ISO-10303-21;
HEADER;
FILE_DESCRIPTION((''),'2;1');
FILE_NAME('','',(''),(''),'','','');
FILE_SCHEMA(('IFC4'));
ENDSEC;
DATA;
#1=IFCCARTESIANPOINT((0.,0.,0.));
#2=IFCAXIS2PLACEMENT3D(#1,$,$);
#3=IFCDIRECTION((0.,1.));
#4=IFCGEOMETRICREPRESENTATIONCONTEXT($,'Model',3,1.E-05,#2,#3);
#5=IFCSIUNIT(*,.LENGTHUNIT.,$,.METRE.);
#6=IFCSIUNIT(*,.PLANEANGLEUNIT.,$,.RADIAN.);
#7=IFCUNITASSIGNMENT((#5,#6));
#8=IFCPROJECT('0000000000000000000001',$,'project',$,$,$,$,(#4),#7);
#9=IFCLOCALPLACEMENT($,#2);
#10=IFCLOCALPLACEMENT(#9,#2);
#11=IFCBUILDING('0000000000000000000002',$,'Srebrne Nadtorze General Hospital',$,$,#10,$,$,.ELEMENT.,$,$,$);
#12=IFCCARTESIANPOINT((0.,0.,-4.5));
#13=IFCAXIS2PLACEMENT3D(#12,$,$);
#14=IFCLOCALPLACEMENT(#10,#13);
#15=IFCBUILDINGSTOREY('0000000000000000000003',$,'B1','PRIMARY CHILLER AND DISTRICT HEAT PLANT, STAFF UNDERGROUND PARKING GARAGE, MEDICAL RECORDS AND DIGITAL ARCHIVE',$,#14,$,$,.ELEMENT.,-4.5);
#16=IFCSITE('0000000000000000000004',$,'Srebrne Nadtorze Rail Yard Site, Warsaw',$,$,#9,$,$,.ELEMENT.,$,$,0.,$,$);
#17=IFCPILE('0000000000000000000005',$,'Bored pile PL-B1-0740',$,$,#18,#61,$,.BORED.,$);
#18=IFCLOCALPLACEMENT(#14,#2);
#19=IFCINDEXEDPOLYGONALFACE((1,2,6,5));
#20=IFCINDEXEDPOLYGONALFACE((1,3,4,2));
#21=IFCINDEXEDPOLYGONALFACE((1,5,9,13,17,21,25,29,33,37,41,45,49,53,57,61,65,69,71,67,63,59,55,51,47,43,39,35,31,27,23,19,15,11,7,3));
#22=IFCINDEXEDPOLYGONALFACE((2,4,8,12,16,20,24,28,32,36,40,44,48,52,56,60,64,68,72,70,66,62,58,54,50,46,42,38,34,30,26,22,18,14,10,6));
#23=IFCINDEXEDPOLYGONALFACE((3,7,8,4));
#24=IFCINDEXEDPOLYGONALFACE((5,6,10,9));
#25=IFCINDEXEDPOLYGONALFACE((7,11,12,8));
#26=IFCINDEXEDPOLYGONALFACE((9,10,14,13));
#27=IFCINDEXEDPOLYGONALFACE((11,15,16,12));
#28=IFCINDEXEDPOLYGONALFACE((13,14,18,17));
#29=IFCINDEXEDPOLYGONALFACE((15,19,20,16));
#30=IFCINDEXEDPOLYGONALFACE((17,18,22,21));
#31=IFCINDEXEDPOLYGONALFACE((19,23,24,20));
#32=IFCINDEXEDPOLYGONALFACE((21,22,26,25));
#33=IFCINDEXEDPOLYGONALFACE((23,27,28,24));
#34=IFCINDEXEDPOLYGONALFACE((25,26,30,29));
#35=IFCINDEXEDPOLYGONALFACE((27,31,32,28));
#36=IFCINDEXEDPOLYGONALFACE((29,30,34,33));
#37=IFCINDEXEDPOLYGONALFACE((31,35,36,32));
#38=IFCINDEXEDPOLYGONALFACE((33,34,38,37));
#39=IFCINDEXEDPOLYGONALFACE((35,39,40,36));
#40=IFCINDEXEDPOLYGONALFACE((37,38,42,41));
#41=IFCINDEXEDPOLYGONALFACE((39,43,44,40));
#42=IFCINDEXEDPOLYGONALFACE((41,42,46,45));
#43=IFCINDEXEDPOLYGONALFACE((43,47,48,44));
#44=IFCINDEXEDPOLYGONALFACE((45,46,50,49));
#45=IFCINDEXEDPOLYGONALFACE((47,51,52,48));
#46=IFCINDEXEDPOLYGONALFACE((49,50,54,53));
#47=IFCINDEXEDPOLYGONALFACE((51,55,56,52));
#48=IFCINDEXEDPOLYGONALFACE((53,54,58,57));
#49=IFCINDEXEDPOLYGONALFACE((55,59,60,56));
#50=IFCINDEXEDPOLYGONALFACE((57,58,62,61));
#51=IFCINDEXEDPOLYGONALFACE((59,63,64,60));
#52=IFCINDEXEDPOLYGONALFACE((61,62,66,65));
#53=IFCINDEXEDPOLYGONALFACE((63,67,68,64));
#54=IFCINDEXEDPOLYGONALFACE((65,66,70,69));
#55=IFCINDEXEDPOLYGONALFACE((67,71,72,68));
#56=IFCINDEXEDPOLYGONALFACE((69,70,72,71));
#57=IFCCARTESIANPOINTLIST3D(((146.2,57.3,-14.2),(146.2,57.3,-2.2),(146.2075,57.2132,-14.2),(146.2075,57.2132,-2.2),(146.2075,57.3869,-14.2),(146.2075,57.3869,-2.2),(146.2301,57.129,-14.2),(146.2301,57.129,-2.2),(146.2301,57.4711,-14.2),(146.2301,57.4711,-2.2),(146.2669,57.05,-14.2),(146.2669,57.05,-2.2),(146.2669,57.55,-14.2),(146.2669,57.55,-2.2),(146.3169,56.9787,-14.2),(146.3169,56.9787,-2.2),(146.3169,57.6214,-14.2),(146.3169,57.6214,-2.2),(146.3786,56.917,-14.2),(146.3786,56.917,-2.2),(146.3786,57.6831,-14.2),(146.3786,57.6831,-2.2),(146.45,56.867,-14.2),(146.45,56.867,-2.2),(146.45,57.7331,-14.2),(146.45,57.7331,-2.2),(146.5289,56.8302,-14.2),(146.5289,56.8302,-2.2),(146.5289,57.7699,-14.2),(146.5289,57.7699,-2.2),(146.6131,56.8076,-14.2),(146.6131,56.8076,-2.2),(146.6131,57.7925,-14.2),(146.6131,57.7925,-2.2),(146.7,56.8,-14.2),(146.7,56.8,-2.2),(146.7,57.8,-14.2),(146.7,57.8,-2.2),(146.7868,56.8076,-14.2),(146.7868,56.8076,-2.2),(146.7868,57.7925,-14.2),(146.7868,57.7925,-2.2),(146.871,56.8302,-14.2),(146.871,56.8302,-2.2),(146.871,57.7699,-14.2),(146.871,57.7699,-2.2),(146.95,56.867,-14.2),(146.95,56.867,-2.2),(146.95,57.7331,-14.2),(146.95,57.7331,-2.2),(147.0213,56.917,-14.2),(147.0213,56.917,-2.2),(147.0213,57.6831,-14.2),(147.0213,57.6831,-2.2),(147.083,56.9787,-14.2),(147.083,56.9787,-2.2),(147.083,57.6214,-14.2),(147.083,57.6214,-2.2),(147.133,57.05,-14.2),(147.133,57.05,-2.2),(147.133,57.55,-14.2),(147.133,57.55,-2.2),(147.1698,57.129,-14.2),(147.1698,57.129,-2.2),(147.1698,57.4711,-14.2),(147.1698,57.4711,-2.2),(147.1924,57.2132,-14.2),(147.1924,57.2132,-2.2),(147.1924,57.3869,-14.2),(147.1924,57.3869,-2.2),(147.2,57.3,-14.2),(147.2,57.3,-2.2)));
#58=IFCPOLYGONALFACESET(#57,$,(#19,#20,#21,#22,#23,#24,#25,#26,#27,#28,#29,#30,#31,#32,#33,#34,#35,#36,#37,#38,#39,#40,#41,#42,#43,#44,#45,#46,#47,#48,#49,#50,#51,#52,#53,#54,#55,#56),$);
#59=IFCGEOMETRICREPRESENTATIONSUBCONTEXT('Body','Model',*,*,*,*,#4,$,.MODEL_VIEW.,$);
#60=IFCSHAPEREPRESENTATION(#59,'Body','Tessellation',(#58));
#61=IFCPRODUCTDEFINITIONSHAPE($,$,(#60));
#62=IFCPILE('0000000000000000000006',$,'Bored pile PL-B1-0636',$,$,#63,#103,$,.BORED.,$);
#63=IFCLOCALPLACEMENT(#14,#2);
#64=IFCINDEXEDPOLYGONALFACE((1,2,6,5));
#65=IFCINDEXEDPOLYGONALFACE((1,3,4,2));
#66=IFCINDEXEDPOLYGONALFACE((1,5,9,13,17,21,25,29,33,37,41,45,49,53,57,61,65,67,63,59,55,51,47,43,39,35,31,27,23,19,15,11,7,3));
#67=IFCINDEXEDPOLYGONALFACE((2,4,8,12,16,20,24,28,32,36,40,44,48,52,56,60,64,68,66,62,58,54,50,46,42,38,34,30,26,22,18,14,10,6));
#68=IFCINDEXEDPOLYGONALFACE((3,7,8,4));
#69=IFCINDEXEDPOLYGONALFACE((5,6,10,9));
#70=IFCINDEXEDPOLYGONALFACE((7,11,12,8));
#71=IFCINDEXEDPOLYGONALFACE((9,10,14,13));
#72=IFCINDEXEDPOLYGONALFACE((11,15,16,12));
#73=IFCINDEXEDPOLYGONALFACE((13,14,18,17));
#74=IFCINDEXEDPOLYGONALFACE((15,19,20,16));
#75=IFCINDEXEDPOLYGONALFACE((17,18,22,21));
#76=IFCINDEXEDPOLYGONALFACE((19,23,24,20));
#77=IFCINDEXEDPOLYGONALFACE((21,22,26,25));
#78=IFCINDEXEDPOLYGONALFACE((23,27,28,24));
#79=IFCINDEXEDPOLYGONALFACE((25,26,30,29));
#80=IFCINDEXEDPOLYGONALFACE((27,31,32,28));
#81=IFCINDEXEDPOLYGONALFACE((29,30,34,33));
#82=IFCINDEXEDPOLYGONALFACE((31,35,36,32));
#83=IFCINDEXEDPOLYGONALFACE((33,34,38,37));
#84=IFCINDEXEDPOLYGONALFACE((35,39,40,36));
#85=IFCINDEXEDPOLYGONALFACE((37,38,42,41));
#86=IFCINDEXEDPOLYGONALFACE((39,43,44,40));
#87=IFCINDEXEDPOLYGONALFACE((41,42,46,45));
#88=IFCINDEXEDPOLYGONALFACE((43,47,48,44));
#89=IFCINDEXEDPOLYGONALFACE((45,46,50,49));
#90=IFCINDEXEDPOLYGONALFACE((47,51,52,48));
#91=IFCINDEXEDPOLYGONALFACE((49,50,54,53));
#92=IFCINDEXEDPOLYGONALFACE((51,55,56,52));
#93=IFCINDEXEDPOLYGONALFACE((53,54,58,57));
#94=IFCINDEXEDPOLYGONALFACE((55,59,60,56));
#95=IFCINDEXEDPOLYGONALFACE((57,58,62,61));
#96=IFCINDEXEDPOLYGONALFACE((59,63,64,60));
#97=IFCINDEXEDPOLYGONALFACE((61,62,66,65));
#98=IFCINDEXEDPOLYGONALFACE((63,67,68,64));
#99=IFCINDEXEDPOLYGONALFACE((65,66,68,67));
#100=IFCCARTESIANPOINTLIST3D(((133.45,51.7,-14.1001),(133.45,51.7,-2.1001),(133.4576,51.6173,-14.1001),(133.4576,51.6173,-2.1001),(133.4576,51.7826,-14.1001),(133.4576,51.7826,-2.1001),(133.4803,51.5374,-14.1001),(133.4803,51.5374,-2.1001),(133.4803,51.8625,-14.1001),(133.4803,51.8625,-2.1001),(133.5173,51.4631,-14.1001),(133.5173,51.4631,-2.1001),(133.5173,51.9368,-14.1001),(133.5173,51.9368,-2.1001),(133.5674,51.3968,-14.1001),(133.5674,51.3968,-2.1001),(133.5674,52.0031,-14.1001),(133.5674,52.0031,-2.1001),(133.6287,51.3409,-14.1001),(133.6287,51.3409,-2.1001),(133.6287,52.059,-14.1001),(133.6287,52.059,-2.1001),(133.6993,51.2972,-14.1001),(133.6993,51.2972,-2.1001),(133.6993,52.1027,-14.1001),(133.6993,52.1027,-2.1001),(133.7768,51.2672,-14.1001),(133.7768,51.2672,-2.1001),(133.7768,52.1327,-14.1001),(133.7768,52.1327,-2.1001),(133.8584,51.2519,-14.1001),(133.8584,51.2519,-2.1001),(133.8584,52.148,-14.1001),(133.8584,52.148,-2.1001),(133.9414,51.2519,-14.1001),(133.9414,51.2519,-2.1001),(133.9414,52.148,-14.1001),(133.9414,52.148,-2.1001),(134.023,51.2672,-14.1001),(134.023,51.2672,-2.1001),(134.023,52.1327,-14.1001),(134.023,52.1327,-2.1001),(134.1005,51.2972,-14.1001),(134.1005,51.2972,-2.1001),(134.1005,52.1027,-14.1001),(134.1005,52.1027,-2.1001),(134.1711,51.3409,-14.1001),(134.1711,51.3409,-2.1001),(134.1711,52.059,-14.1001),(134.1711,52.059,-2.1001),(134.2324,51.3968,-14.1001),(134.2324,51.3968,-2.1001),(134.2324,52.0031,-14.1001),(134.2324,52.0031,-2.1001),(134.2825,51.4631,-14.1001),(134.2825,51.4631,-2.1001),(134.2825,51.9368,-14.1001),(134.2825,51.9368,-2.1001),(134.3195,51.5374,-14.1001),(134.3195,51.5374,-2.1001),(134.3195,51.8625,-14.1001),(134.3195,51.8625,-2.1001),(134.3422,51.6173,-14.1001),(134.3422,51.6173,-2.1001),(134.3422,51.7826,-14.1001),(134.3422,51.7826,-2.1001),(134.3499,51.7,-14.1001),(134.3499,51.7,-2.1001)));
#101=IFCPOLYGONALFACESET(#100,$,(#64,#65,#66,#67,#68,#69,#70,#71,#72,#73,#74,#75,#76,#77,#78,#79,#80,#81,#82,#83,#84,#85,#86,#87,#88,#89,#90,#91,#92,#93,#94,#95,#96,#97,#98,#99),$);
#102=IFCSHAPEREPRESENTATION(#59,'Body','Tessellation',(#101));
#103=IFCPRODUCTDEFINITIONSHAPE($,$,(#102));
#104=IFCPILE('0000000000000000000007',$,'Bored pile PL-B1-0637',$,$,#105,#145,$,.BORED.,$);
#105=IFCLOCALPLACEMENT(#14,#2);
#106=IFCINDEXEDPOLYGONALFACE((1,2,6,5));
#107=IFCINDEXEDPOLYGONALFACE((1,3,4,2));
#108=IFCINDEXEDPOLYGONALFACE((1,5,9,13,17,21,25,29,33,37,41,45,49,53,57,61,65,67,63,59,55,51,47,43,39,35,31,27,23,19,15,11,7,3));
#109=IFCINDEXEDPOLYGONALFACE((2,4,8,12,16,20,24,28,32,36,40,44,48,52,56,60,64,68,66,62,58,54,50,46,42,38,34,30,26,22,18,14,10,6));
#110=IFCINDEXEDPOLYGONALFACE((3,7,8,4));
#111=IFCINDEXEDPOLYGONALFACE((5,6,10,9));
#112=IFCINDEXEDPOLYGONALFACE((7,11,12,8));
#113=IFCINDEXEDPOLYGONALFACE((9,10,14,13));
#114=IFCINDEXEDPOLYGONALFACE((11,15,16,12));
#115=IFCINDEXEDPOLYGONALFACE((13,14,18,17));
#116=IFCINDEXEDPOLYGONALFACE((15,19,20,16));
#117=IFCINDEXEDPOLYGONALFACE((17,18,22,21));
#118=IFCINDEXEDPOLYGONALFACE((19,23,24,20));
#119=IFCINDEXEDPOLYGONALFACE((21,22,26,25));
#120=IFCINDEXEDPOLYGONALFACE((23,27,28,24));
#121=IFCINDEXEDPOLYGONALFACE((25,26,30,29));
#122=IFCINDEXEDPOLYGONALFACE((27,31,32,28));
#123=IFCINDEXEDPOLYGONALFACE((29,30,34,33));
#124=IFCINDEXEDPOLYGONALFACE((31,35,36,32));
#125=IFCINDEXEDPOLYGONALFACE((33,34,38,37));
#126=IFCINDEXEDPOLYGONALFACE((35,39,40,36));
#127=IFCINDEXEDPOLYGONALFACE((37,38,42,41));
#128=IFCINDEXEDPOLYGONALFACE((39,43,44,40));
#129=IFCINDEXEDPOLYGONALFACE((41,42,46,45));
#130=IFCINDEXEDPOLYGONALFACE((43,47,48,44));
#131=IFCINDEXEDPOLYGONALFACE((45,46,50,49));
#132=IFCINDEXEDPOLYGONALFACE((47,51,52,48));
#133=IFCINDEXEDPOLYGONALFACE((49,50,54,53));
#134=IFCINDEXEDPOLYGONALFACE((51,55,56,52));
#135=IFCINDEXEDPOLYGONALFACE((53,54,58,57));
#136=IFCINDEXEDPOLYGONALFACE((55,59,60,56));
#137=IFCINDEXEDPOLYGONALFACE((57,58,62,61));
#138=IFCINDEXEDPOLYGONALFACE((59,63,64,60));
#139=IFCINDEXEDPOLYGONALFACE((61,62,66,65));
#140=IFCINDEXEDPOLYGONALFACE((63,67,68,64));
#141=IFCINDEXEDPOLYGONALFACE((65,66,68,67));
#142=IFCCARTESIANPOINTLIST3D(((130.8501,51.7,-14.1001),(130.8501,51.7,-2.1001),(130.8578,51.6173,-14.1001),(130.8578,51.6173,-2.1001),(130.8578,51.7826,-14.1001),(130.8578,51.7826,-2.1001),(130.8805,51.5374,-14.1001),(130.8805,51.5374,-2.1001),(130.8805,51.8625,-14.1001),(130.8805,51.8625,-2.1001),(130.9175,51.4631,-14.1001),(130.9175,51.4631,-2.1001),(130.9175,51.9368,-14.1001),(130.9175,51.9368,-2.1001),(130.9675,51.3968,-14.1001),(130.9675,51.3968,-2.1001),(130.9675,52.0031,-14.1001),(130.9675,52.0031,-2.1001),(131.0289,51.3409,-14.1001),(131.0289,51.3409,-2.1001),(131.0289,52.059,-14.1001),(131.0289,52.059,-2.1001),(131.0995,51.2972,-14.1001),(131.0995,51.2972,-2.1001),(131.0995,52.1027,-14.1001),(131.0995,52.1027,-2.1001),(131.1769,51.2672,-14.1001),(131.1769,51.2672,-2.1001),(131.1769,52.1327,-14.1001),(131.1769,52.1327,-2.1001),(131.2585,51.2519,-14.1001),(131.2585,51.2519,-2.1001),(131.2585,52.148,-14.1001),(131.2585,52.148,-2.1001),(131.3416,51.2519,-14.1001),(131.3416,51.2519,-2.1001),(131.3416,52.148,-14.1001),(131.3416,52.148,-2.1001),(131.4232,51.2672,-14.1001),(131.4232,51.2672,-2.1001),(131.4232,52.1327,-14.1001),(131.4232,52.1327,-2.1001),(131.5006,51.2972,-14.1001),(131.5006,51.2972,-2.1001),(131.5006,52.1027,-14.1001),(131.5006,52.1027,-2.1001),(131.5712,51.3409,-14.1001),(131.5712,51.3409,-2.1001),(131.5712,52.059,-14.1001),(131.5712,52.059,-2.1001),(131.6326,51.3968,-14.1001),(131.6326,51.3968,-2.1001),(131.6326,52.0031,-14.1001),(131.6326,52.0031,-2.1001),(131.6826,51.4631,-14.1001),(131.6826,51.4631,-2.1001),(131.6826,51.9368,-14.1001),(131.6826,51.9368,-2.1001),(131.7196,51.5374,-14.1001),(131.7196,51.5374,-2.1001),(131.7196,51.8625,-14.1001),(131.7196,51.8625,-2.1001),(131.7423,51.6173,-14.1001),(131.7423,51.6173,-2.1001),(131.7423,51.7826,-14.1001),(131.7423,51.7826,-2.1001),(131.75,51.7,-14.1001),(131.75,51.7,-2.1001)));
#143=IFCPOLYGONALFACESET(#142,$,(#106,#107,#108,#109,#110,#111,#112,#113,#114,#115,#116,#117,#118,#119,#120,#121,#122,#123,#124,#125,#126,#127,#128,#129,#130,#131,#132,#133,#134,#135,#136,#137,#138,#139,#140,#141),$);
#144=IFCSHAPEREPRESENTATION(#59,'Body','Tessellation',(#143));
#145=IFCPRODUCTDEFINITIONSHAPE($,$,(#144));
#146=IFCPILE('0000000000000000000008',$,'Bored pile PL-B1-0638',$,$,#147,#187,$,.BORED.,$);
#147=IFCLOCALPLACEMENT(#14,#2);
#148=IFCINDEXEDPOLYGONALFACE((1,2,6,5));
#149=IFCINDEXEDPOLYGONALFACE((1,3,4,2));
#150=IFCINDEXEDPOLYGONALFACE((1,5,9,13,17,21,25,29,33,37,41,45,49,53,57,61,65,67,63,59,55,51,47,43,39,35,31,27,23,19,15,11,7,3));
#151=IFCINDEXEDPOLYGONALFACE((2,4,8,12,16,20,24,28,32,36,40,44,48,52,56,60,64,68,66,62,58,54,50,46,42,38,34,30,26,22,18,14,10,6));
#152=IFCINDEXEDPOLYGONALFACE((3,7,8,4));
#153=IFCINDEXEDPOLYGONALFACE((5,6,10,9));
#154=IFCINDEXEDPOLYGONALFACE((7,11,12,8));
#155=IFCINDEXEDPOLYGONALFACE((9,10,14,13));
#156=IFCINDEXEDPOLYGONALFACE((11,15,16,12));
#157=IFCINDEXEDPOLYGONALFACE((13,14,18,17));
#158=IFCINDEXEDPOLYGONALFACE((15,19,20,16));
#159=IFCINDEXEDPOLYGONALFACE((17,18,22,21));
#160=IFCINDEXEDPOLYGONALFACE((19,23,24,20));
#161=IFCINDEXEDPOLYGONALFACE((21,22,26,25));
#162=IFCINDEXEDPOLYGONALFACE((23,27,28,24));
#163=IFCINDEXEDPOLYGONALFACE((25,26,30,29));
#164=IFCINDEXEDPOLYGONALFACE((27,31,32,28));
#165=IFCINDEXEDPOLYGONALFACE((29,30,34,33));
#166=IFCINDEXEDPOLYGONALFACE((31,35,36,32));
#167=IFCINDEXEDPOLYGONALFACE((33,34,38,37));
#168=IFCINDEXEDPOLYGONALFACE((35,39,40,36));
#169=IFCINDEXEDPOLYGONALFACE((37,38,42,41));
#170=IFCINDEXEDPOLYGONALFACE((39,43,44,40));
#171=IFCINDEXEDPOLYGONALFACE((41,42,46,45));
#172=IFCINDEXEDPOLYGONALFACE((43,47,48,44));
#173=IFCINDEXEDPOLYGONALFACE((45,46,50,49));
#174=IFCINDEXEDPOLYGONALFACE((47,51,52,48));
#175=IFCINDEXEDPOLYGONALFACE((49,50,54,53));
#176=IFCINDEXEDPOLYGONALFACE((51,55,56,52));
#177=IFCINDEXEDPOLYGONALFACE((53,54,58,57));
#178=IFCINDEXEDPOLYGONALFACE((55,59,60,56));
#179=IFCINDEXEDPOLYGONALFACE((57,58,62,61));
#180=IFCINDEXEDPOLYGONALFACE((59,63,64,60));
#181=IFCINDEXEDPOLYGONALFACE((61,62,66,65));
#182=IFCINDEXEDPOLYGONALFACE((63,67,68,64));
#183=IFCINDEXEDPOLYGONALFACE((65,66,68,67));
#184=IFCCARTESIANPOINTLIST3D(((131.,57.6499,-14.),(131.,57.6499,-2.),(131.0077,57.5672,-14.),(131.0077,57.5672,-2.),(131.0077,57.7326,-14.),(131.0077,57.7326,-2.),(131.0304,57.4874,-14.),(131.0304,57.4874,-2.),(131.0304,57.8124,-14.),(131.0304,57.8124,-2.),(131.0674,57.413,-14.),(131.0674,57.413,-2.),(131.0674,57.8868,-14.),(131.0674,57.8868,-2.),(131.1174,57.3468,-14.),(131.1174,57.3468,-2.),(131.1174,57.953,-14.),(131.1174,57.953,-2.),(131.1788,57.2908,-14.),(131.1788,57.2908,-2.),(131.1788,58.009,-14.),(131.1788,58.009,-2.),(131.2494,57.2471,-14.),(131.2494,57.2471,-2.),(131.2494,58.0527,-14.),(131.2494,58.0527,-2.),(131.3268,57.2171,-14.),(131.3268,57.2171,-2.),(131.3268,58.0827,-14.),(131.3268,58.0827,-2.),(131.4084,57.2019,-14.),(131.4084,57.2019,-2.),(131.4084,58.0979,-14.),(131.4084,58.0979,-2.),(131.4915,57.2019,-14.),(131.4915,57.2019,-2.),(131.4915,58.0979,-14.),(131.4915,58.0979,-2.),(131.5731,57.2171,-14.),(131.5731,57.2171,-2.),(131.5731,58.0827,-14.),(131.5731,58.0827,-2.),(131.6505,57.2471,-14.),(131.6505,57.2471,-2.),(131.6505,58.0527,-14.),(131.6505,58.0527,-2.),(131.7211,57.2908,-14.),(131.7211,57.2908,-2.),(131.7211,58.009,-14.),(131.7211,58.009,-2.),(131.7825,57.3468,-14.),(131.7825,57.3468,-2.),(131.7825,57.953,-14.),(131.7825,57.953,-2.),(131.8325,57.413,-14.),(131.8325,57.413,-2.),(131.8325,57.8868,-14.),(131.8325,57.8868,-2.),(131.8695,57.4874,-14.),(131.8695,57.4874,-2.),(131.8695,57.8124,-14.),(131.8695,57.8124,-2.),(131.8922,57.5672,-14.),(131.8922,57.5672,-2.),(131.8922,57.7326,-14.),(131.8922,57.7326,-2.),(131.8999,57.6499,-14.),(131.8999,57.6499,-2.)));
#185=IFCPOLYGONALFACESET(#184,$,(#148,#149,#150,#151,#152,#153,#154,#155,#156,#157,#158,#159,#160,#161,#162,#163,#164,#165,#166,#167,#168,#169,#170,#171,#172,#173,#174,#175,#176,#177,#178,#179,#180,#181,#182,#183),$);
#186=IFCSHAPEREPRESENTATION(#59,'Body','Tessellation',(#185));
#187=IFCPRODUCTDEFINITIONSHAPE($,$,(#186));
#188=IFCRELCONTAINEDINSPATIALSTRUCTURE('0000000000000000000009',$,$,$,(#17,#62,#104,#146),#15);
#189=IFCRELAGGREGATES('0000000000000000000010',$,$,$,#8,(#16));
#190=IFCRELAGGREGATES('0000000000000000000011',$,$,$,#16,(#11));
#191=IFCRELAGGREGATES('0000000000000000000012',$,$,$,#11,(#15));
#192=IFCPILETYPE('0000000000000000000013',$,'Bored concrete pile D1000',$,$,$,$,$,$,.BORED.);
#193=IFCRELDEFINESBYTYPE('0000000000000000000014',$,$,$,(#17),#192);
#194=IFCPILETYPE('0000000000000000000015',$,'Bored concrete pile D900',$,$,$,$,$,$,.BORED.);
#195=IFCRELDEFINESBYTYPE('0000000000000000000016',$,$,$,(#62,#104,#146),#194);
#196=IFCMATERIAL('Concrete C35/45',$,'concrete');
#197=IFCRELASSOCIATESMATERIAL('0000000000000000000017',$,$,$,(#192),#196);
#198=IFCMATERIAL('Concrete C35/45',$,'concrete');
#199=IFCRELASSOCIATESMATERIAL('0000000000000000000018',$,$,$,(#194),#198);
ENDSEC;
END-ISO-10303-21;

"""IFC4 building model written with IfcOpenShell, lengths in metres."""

from ifc_helpers import new_model, si_unit, direction, frame, origin, origin_2d, place, context, subcontext, project, spatial, circle, extrude, material, material_profile, profile_set, type_object, element, save


model = new_model("IFC4")

# Units and contexts
model_context = context("Model", 3, precision=1e-05, world=origin(), true_north=direction((0.0, 1.0)))
body_context = subcontext(model_context, "Body", "Model", "MODEL_VIEW")
ifc_project = project(units=[si_unit("LENGTHUNIT", "METRE"), si_unit("PLANEANGLEUNIT", "RADIAN")], contexts=[model_context])

# Site, building, storey
site_placement = place(None, origin())
site = spatial("IfcSite", under=ifc_project, at=site_placement, Name="Srebrne Nadtorze Rail Yard Site, Warsaw", CompositionType="ELEMENT", RefElevation=0.0)
building_placement = place(site_placement, origin())
building = spatial("IfcBuilding", under=site, at=building_placement, Name="Srebrne Nadtorze General Hospital", CompositionType="ELEMENT")
storey_placement = place(building_placement, frame((0.0, 0.0, -4.5)))
storey = spatial("IfcBuildingStorey", under=building, at=storey_placement, Name="B1", Description="PRIMARY CHILLER AND DISTRICT HEAT PLANT, STAFF UNDERGROUND PARKING GARAGE, MEDICAL RECORDS AND DIGITAL ARCHIVE", CompositionType="ELEMENT", Elevation=-4.5)

# Piles
ifc_material_1 = material(Name="Concrete C35/45", Category="concrete")
ifc_material_profile_1 = material_profile(ifc_material_1, circle(Radius=0.5, at=origin_2d()), Name="PILE-D1000")
ifc_profile_set_1 = profile_set([ifc_material_profile_1], Name="Concrete C35/45")
pile_type_1 = type_object("IfcPileType", Name="Bored concrete pile D1000", PredefinedType="BORED", material=ifc_profile_set_1)
for number, where, z_axis, x_axis, name in (
    (1, (146.7, 57.3, -2.2), (0.0, 0.0, -1.0), (1.0, 0.0, 0.0), "Bored pile PL-B1-0740"),
):
    element("IfcPile", number, at=place(storey_placement, frame(where, z_axis=z_axis, x_axis=x_axis)), inside=storey, type_object=pile_type_1, Name=name, PredefinedType="BORED", context=body_context, shape_type="SweptSolid", body=[
        extrude(circle(Radius=0.5, at=origin_2d()), origin(), (0.0, 0.0, 1.0), 12.0),
    ])
ifc_material_2 = material(Name="Concrete C35/45", Category="concrete")
ifc_material_profile_2 = material_profile(ifc_material_2, circle(Radius=0.45, at=origin_2d()), Name="PILE-D900")
ifc_profile_set_2 = profile_set([ifc_material_profile_2], Name="Concrete C35/45")
pile_type_2 = type_object("IfcPileType", Name="Bored concrete pile D900", PredefinedType="BORED", material=ifc_profile_set_2)
for number, where, z_axis, x_axis, name in (
    (2, (133.8999, 51.7, -2.1001), (0.0, 0.0, -1.0), (1.0, 0.0, 0.0), "Bored pile PL-B1-0636"),
    (3, (131.3, 51.7, -2.1001), (0.0, 0.0, -1.0), (1.0, 0.0, 0.0), "Bored pile PL-B1-0637"),
    (4, (131.45, 57.6499, -2.0), (0.0, 0.0, -1.0), (1.0, 0.0, 0.0), "Bored pile PL-B1-0638"),
):
    element("IfcPile", number, at=place(storey_placement, frame(where, z_axis=z_axis, x_axis=x_axis)), inside=storey, type_object=pile_type_2, Name=name, PredefinedType="BORED", context=body_context, shape_type="SweptSolid", body=[
        extrude(circle(Radius=0.45, at=origin_2d()), origin(), (0.0, 0.0, 1.0), 12.0),
    ])

save(model, "model.ifc")
